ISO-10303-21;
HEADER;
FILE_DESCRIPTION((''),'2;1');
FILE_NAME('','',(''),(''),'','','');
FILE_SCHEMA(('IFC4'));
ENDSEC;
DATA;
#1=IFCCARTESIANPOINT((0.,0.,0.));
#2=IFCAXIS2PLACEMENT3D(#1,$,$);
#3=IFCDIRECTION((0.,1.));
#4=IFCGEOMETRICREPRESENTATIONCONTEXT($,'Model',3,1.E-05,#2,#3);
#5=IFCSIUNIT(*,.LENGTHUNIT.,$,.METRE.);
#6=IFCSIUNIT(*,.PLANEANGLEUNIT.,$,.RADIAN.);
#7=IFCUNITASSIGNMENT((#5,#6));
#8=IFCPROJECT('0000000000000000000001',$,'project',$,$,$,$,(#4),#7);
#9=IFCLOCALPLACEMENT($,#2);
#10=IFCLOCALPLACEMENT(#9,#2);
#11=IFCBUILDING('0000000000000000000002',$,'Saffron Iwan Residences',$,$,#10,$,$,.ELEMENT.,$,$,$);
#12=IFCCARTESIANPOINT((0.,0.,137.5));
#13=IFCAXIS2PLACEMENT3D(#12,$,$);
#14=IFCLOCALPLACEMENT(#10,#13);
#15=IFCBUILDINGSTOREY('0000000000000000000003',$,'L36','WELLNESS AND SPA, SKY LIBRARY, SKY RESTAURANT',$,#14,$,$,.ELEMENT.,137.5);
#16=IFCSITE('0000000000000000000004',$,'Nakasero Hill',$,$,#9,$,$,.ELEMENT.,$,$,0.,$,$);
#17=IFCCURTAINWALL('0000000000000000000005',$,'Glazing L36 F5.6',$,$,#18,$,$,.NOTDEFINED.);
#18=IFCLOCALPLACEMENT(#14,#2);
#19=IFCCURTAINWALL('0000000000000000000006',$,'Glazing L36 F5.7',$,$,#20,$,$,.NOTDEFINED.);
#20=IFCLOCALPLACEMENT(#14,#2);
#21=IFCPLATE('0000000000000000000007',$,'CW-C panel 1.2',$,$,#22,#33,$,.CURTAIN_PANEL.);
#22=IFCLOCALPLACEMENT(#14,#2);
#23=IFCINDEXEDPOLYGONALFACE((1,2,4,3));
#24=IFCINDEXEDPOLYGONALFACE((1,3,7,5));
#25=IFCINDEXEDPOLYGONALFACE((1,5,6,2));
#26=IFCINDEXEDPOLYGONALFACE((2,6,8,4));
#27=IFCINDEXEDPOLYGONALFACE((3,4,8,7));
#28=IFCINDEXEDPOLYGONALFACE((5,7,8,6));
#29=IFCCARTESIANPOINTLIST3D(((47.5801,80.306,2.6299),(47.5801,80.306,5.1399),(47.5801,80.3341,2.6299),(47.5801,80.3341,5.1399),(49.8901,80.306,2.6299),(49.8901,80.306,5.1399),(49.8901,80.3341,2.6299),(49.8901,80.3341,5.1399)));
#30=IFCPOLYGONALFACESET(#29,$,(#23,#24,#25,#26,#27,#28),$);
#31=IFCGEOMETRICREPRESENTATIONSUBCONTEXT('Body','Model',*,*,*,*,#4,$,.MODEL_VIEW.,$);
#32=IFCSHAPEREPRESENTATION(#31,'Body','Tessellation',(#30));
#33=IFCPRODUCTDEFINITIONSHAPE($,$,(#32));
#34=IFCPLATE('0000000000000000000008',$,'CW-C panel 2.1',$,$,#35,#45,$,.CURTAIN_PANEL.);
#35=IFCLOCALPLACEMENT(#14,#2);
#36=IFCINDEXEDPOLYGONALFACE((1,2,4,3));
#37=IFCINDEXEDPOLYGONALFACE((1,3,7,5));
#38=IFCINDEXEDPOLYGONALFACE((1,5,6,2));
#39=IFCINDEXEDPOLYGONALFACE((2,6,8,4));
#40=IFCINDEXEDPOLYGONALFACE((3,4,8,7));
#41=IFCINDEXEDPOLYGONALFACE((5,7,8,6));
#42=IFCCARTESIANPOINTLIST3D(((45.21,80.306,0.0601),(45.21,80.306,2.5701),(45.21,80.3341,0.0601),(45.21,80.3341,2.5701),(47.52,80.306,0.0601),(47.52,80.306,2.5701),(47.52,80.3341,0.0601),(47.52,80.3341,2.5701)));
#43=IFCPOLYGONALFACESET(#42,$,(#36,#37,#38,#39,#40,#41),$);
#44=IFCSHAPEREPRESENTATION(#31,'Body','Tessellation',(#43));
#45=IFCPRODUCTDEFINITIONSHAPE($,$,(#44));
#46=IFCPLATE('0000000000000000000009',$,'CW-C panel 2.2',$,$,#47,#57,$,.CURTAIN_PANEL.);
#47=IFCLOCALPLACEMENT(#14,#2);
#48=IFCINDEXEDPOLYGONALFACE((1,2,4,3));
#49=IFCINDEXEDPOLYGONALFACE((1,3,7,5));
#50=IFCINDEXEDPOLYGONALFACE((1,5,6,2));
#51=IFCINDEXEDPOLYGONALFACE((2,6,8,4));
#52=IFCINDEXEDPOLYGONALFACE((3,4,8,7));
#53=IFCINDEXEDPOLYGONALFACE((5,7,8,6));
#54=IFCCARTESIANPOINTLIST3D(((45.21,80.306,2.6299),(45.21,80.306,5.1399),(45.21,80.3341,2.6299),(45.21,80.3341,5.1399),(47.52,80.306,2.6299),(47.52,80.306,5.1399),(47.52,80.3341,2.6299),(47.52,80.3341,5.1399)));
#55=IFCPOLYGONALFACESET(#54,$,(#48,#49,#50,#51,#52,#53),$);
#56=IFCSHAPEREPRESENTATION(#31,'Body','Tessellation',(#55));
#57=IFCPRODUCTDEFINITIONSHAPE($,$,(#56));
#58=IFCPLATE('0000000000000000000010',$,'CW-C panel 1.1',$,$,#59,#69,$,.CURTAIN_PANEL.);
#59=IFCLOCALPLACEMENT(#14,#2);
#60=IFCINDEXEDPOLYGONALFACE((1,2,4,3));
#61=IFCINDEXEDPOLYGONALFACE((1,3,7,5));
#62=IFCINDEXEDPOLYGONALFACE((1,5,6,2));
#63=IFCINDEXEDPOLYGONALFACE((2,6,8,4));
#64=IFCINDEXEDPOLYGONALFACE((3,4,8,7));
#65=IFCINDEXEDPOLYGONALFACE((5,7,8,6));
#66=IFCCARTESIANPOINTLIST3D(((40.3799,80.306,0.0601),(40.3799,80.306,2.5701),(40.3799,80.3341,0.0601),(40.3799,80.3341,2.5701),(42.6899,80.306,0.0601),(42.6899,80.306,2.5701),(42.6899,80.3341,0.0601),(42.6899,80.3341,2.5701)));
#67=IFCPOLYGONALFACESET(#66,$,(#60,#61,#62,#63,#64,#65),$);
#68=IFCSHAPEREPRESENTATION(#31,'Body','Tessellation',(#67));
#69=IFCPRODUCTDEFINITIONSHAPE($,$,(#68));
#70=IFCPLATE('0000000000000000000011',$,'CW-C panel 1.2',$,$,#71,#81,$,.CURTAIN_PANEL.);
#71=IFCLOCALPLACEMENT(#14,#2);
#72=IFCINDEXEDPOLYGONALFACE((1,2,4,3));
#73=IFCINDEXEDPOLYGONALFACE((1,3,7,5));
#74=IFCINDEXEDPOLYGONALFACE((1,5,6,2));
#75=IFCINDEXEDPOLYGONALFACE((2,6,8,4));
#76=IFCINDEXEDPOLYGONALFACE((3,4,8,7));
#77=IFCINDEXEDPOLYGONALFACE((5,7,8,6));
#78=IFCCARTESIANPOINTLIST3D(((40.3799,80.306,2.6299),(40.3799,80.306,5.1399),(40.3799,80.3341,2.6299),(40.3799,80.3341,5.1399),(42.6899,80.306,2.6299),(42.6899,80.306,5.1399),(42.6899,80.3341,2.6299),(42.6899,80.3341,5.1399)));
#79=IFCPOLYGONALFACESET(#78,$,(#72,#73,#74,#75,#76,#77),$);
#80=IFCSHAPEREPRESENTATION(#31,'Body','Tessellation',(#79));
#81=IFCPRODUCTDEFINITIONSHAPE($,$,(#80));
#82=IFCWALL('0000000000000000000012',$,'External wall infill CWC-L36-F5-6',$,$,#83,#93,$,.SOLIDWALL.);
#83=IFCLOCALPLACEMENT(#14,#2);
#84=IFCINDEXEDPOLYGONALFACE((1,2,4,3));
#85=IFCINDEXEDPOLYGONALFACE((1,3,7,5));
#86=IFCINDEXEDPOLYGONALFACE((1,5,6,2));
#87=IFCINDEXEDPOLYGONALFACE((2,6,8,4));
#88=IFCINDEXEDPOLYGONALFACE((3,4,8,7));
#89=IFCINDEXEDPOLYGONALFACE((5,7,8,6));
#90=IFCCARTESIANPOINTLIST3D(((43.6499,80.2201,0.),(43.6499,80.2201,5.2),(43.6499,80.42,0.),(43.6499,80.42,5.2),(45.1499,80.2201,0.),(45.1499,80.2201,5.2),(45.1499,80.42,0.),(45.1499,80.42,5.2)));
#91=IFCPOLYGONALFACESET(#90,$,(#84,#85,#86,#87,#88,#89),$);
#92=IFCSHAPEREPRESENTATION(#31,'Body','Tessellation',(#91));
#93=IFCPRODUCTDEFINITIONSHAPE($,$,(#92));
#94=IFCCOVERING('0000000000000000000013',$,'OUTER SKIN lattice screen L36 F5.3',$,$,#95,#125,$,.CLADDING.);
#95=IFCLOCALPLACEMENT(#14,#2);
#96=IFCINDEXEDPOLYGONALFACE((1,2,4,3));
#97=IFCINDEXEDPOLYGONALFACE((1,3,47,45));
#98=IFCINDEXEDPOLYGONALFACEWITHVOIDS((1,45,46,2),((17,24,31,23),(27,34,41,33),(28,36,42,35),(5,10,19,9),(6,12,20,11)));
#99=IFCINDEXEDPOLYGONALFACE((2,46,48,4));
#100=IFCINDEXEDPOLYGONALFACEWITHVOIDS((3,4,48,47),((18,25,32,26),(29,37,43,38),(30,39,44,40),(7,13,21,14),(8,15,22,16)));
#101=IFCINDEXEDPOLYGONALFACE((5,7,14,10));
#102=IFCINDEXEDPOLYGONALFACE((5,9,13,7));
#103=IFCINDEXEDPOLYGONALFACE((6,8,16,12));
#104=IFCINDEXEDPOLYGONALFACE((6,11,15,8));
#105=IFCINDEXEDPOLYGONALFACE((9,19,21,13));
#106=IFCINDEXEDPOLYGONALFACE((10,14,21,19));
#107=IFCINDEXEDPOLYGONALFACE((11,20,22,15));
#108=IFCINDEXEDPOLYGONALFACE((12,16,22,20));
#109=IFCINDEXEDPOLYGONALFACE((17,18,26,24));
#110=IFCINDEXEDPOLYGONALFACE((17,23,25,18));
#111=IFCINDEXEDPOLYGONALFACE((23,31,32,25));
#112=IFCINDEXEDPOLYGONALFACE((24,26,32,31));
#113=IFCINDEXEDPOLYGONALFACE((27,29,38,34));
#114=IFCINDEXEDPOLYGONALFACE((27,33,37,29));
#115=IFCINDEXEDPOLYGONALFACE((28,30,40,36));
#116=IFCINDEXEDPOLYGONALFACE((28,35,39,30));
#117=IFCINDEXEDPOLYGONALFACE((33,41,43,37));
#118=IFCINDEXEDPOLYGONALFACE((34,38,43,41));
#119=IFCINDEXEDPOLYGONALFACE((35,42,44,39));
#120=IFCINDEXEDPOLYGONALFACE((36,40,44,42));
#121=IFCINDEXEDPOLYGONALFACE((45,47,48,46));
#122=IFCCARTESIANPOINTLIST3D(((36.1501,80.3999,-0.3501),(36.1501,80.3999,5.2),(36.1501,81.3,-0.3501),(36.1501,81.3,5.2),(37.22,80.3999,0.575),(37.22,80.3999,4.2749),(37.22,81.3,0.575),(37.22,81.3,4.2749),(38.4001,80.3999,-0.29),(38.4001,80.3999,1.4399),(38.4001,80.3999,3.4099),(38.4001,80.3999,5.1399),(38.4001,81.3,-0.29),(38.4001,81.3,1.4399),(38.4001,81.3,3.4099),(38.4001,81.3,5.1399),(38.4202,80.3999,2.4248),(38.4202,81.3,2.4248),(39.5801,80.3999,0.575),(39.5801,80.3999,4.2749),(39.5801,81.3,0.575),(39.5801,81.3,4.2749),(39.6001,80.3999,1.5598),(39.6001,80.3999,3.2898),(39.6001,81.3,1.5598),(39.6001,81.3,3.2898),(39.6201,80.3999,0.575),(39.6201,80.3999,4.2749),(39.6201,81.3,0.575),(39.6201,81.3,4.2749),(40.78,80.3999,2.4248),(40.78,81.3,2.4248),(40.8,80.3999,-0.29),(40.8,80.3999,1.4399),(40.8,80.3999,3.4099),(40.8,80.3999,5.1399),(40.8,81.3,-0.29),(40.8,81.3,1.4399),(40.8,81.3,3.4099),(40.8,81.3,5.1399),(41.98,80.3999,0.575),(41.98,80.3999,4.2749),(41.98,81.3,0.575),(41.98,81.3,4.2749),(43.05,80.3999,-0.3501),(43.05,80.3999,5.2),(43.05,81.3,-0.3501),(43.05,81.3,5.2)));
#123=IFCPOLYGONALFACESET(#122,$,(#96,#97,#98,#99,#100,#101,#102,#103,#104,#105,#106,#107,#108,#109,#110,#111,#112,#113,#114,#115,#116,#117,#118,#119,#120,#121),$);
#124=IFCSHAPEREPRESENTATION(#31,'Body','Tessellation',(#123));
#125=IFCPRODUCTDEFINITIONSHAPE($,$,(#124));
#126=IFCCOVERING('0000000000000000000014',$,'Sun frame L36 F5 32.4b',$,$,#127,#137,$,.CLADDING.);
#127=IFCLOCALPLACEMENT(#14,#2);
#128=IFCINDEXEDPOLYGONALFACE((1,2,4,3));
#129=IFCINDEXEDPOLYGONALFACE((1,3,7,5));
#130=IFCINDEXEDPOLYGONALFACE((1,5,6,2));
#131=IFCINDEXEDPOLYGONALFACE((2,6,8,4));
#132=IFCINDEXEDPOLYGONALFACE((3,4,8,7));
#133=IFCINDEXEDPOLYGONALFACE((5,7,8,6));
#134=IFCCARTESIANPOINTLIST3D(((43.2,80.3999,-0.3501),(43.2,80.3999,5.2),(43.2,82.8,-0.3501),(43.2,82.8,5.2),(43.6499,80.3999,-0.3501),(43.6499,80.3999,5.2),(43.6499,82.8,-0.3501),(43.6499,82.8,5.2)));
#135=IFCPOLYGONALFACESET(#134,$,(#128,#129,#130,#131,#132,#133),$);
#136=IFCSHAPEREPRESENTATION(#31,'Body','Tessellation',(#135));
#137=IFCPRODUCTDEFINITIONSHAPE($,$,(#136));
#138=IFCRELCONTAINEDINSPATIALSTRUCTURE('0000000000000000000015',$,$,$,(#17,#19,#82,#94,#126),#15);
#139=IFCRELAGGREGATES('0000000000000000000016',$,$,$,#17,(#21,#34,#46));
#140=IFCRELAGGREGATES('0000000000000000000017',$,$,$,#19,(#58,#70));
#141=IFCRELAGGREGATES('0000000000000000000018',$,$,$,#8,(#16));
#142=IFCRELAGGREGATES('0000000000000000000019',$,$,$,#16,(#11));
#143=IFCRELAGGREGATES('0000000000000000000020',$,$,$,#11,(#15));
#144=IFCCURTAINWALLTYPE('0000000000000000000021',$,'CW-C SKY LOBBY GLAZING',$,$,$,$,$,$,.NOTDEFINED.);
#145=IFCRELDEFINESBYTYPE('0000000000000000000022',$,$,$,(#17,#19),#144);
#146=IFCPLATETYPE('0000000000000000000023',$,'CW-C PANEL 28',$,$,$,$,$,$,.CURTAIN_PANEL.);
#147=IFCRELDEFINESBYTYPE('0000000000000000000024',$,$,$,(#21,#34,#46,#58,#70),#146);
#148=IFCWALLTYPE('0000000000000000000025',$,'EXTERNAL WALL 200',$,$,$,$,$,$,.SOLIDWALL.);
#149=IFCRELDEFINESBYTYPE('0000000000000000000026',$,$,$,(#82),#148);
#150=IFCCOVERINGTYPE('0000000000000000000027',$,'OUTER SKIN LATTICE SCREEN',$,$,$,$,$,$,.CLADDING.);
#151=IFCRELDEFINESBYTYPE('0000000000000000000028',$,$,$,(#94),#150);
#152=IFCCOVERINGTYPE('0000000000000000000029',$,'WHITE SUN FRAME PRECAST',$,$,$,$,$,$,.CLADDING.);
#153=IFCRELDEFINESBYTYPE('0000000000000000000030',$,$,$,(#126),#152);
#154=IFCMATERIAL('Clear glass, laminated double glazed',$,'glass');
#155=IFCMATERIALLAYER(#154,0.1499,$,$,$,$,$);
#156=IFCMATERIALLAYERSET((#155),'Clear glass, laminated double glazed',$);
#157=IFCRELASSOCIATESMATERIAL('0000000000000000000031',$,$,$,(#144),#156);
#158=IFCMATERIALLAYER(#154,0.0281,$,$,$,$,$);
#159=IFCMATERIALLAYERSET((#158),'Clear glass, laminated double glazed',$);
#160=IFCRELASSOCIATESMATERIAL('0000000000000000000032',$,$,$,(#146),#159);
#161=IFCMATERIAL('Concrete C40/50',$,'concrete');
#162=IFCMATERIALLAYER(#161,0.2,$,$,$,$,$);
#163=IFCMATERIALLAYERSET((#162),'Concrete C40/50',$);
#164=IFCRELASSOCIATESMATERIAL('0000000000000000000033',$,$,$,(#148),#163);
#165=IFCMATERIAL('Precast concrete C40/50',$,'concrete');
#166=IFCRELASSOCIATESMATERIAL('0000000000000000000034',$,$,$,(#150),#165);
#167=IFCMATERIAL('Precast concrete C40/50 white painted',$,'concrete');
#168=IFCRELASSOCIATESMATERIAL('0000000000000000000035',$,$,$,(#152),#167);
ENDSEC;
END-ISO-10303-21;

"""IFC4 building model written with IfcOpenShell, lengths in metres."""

from ifc_helpers import new_model, si_unit, direction, frame, frame_2d, origin, origin_2d, place, context, subcontext, project, spatial, polyline, rectangle, outline, extrude, source, transform, mapped, material, layer, layer_set, type_object, element, aggregate, save


model = new_model("IFC4")

# Units and contexts
model_context = context("Model", 3, precision=1e-05, world=origin(), true_north=direction((0.0, 1.0)))
body_context = subcontext(model_context, "Body", "Model", "MODEL_VIEW")
ifc_project = project(units=[si_unit("LENGTHUNIT", "METRE"), si_unit("PLANEANGLEUNIT", "RADIAN")], contexts=[model_context])

# Site, building, storey
site_placement = place(None, origin())
site = spatial("IfcSite", under=ifc_project, at=site_placement, Name="Nakasero Hill", CompositionType="ELEMENT", RefElevation=0.0)
building_placement = place(site_placement, origin())
building = spatial("IfcBuilding", under=site, at=building_placement, Name="Saffron Iwan Residences", CompositionType="ELEMENT")
storey_placement = place(building_placement, frame((0.0, 0.0, 137.5)))
storey = spatial("IfcBuildingStorey", under=building, at=storey_placement, Name="L36", Description="WELLNESS AND SPA, SKY LIBRARY, SKY RESTAURANT", CompositionType="ELEMENT", Elevation=137.5)

# Curtain walls
ifc_material_1 = material(Name="Clear glass, laminated double glazed", Category="glass")
ifc_layer_1 = layer(ifc_material_1, 0.1499)
ifc_layer_set_1 = layer_set([ifc_layer_1], Name="Clear glass, laminated double glazed")
curtain_wall_type = type_object("IfcCurtainWallType", Name="CW-C SKY LOBBY GLAZING", PredefinedType="NOTDEFINED", material=ifc_layer_set_1)
curtain_wall_1_placement = place(storey_placement, origin())
curtain_wall_1 = element("IfcCurtainWall", 1, at=curtain_wall_1_placement, inside=storey, type_object=curtain_wall_type, Name="Glazing L36 F5.6", PredefinedType="NOTDEFINED")
curtain_wall_2_placement = place(storey_placement, origin())
curtain_wall_2 = element("IfcCurtainWall", 2, at=curtain_wall_2_placement, inside=storey, type_object=curtain_wall_type, Name="Glazing L36 F5.7", PredefinedType="NOTDEFINED")

# Plates
ifc_layer_2 = layer(ifc_material_1, 0.0281)
ifc_layer_set_2 = layer_set([ifc_layer_2], Name="Clear glass, laminated double glazed")
plate_type = type_object("IfcPlateType", Name="CW-C PANEL 28", PredefinedType="CURTAIN_PANEL", material=ifc_layer_set_2)
shared_shape_1 = source(origin(), body_context, "Body", "SweptSolid", [
    extrude(rectangle(XDim=2.3101, YDim=0.0281, at=origin_2d()), origin(), (0.0, 0.0, 1.0), 2.51),
])
plate_1_placement = place(storey_placement, frame((48.7351, 80.3201, 2.6299), z_axis=(0.0, 0.0, 1.0), x_axis=(-1.0, 0.0, 0.0)))
plate_1 = element("IfcPlate", 3, at=plate_1_placement, type_object=plate_type, Name="CW-C panel 1.2", PredefinedType="CURTAIN_PANEL", context=body_context, shape_type="MappedRepresentation", body=[
    mapped(shared_shape_1, transform((0.0, 0.0, 0.0))),
])
plate_2_placement = place(storey_placement, frame((46.365, 80.3201, 0.0601), z_axis=(0.0, 0.0, 1.0), x_axis=(-1.0, 0.0, 0.0)))
plate_2 = element("IfcPlate", 4, at=plate_2_placement, type_object=plate_type, Name="CW-C panel 2.1", PredefinedType="CURTAIN_PANEL", context=body_context, shape_type="MappedRepresentation", body=[
    mapped(shared_shape_1, transform((0.0, 0.0, 0.0))),
])
plate_3_placement = place(storey_placement, frame((46.365, 80.3201, 2.6299), z_axis=(0.0, 0.0, 1.0), x_axis=(-1.0, 0.0, 0.0)))
plate_3 = element("IfcPlate", 5, at=plate_3_placement, type_object=plate_type, Name="CW-C panel 2.2", PredefinedType="CURTAIN_PANEL", context=body_context, shape_type="MappedRepresentation", body=[
    mapped(shared_shape_1, transform((0.0, 0.0, 0.0))),
])
aggregate(curtain_wall_1, [plate_1, plate_2, plate_3])
plate_4_placement = place(storey_placement, frame((41.5349, 80.3201, 0.0601), z_axis=(0.0, 0.0, 1.0), x_axis=(-1.0, 0.0, 0.0)))
plate_4 = element("IfcPlate", 6, at=plate_4_placement, type_object=plate_type, Name="CW-C panel 1.1", PredefinedType="CURTAIN_PANEL", context=body_context, shape_type="MappedRepresentation", body=[
    mapped(shared_shape_1, transform((0.0, 0.0, 0.0))),
])
plate_5_placement = place(storey_placement, frame((41.5349, 80.3201, 2.6299), z_axis=(0.0, 0.0, 1.0), x_axis=(-1.0, 0.0, 0.0)))
plate_5 = element("IfcPlate", 7, at=plate_5_placement, type_object=plate_type, Name="CW-C panel 1.2", PredefinedType="CURTAIN_PANEL", context=body_context, shape_type="MappedRepresentation", body=[
    mapped(shared_shape_1, transform((0.0, 0.0, 0.0))),
])
aggregate(curtain_wall_2, [plate_4, plate_5])

# Wall
ifc_material_2 = material(Name="Concrete C40/50", Category="concrete")
ifc_layer_3 = layer(ifc_material_2, 0.2)
ifc_layer_set_3 = layer_set([ifc_layer_3], Name="Concrete C40/50")
wall_type = type_object("IfcWallType", Name="EXTERNAL WALL 200", PredefinedType="SOLIDWALL", material=ifc_layer_set_3)
wall_placement = place(storey_placement, frame((45.1499, 80.3201, 0.0), z_axis=(0.0, 0.0, 1.0), x_axis=(-1.0, 0.0, 0.0)))
element("IfcWall", 8, at=wall_placement, inside=storey, type_object=wall_type, Name="External wall infill CWC-L36-F5-6", PredefinedType="SOLIDWALL", context=body_context, shape_type="SweptSolid", body=[
    extrude(rectangle(XDim=1.5, YDim=0.2, at=frame_2d((0.75, 0.0))), origin(), (0.0, 0.0, 1.0), 5.2),
])

# Coverings
ifc_material_3 = material(Name="Precast concrete C40/50", Category="concrete")
covering_type_1 = type_object("IfcCoveringType", Name="OUTER SKIN LATTICE SCREEN", PredefinedType="CLADDING", material=ifc_material_3)
covering_1_placement = place(storey_placement, frame((43.05, 80.3999, -0.3501), z_axis=(0.0, 1.0, 0.0), x_axis=(-1.0, 0.0, 0.0)))
element("IfcCovering", 9, at=covering_1_placement, inside=storey, type_object=covering_type_1, Name="OUTER SKIN lattice screen L36 F5.3", PredefinedType="CLADDING", context=body_context, shape_type="SweptSolid", body=[
    extrude(outline(polyline([(0.0, 0.0), (6.8999, 0.0), (6.8999, 5.55), (0.0, 5.55), (0.0, 0.0)]), holes=[polyline([(1.0701, 0.925), (2.25, 0.0601), (3.4299, 0.925), (2.25, 1.79), (1.0701, 0.925)]), polyline([(3.47, 0.925), (4.6499, 0.0601), (5.8301, 0.925), (4.6499, 1.79), (3.47, 0.925)]), polyline([(2.27, 2.7749), (3.45, 1.9099), (4.6299, 2.7749), (3.45, 3.6399), (2.27, 2.7749)]), polyline([(1.0701, 4.625), (2.25, 3.76), (3.4299, 4.625), (2.25, 5.49), (1.0701, 4.625)]), polyline([(3.47, 4.625), (4.6499, 3.76), (5.8301, 4.625), (4.6499, 5.49), (3.47, 4.625)])]), origin(), (0.0, 0.0, 1.0), 0.9001),
])
ifc_material_4 = material(Name="Precast concrete C40/50 white painted", Category="concrete")
covering_type_2 = type_object("IfcCoveringType", Name="WHITE SUN FRAME PRECAST", PredefinedType="CLADDING", material=ifc_material_4)
covering_2_placement = place(storey_placement, frame((43.6499, 80.3999, -0.3501), z_axis=(0.0, 1.0, 0.0), x_axis=(-1.0, 0.0, 0.0)))
element("IfcCovering", 10, at=covering_2_placement, inside=storey, type_object=covering_type_2, Name="Sun frame L36 F5 32.4b", PredefinedType="CLADDING", context=body_context, shape_type="SweptSolid", body=[
    extrude(outline(polyline([(0.0, 0.0), (0.45, 0.0), (0.45, 5.55), (0.0, 5.55), (0.0, 0.0)])), origin(), (0.0, 0.0, 1.0), 2.4001),
])

save(model, "model.ifc")
